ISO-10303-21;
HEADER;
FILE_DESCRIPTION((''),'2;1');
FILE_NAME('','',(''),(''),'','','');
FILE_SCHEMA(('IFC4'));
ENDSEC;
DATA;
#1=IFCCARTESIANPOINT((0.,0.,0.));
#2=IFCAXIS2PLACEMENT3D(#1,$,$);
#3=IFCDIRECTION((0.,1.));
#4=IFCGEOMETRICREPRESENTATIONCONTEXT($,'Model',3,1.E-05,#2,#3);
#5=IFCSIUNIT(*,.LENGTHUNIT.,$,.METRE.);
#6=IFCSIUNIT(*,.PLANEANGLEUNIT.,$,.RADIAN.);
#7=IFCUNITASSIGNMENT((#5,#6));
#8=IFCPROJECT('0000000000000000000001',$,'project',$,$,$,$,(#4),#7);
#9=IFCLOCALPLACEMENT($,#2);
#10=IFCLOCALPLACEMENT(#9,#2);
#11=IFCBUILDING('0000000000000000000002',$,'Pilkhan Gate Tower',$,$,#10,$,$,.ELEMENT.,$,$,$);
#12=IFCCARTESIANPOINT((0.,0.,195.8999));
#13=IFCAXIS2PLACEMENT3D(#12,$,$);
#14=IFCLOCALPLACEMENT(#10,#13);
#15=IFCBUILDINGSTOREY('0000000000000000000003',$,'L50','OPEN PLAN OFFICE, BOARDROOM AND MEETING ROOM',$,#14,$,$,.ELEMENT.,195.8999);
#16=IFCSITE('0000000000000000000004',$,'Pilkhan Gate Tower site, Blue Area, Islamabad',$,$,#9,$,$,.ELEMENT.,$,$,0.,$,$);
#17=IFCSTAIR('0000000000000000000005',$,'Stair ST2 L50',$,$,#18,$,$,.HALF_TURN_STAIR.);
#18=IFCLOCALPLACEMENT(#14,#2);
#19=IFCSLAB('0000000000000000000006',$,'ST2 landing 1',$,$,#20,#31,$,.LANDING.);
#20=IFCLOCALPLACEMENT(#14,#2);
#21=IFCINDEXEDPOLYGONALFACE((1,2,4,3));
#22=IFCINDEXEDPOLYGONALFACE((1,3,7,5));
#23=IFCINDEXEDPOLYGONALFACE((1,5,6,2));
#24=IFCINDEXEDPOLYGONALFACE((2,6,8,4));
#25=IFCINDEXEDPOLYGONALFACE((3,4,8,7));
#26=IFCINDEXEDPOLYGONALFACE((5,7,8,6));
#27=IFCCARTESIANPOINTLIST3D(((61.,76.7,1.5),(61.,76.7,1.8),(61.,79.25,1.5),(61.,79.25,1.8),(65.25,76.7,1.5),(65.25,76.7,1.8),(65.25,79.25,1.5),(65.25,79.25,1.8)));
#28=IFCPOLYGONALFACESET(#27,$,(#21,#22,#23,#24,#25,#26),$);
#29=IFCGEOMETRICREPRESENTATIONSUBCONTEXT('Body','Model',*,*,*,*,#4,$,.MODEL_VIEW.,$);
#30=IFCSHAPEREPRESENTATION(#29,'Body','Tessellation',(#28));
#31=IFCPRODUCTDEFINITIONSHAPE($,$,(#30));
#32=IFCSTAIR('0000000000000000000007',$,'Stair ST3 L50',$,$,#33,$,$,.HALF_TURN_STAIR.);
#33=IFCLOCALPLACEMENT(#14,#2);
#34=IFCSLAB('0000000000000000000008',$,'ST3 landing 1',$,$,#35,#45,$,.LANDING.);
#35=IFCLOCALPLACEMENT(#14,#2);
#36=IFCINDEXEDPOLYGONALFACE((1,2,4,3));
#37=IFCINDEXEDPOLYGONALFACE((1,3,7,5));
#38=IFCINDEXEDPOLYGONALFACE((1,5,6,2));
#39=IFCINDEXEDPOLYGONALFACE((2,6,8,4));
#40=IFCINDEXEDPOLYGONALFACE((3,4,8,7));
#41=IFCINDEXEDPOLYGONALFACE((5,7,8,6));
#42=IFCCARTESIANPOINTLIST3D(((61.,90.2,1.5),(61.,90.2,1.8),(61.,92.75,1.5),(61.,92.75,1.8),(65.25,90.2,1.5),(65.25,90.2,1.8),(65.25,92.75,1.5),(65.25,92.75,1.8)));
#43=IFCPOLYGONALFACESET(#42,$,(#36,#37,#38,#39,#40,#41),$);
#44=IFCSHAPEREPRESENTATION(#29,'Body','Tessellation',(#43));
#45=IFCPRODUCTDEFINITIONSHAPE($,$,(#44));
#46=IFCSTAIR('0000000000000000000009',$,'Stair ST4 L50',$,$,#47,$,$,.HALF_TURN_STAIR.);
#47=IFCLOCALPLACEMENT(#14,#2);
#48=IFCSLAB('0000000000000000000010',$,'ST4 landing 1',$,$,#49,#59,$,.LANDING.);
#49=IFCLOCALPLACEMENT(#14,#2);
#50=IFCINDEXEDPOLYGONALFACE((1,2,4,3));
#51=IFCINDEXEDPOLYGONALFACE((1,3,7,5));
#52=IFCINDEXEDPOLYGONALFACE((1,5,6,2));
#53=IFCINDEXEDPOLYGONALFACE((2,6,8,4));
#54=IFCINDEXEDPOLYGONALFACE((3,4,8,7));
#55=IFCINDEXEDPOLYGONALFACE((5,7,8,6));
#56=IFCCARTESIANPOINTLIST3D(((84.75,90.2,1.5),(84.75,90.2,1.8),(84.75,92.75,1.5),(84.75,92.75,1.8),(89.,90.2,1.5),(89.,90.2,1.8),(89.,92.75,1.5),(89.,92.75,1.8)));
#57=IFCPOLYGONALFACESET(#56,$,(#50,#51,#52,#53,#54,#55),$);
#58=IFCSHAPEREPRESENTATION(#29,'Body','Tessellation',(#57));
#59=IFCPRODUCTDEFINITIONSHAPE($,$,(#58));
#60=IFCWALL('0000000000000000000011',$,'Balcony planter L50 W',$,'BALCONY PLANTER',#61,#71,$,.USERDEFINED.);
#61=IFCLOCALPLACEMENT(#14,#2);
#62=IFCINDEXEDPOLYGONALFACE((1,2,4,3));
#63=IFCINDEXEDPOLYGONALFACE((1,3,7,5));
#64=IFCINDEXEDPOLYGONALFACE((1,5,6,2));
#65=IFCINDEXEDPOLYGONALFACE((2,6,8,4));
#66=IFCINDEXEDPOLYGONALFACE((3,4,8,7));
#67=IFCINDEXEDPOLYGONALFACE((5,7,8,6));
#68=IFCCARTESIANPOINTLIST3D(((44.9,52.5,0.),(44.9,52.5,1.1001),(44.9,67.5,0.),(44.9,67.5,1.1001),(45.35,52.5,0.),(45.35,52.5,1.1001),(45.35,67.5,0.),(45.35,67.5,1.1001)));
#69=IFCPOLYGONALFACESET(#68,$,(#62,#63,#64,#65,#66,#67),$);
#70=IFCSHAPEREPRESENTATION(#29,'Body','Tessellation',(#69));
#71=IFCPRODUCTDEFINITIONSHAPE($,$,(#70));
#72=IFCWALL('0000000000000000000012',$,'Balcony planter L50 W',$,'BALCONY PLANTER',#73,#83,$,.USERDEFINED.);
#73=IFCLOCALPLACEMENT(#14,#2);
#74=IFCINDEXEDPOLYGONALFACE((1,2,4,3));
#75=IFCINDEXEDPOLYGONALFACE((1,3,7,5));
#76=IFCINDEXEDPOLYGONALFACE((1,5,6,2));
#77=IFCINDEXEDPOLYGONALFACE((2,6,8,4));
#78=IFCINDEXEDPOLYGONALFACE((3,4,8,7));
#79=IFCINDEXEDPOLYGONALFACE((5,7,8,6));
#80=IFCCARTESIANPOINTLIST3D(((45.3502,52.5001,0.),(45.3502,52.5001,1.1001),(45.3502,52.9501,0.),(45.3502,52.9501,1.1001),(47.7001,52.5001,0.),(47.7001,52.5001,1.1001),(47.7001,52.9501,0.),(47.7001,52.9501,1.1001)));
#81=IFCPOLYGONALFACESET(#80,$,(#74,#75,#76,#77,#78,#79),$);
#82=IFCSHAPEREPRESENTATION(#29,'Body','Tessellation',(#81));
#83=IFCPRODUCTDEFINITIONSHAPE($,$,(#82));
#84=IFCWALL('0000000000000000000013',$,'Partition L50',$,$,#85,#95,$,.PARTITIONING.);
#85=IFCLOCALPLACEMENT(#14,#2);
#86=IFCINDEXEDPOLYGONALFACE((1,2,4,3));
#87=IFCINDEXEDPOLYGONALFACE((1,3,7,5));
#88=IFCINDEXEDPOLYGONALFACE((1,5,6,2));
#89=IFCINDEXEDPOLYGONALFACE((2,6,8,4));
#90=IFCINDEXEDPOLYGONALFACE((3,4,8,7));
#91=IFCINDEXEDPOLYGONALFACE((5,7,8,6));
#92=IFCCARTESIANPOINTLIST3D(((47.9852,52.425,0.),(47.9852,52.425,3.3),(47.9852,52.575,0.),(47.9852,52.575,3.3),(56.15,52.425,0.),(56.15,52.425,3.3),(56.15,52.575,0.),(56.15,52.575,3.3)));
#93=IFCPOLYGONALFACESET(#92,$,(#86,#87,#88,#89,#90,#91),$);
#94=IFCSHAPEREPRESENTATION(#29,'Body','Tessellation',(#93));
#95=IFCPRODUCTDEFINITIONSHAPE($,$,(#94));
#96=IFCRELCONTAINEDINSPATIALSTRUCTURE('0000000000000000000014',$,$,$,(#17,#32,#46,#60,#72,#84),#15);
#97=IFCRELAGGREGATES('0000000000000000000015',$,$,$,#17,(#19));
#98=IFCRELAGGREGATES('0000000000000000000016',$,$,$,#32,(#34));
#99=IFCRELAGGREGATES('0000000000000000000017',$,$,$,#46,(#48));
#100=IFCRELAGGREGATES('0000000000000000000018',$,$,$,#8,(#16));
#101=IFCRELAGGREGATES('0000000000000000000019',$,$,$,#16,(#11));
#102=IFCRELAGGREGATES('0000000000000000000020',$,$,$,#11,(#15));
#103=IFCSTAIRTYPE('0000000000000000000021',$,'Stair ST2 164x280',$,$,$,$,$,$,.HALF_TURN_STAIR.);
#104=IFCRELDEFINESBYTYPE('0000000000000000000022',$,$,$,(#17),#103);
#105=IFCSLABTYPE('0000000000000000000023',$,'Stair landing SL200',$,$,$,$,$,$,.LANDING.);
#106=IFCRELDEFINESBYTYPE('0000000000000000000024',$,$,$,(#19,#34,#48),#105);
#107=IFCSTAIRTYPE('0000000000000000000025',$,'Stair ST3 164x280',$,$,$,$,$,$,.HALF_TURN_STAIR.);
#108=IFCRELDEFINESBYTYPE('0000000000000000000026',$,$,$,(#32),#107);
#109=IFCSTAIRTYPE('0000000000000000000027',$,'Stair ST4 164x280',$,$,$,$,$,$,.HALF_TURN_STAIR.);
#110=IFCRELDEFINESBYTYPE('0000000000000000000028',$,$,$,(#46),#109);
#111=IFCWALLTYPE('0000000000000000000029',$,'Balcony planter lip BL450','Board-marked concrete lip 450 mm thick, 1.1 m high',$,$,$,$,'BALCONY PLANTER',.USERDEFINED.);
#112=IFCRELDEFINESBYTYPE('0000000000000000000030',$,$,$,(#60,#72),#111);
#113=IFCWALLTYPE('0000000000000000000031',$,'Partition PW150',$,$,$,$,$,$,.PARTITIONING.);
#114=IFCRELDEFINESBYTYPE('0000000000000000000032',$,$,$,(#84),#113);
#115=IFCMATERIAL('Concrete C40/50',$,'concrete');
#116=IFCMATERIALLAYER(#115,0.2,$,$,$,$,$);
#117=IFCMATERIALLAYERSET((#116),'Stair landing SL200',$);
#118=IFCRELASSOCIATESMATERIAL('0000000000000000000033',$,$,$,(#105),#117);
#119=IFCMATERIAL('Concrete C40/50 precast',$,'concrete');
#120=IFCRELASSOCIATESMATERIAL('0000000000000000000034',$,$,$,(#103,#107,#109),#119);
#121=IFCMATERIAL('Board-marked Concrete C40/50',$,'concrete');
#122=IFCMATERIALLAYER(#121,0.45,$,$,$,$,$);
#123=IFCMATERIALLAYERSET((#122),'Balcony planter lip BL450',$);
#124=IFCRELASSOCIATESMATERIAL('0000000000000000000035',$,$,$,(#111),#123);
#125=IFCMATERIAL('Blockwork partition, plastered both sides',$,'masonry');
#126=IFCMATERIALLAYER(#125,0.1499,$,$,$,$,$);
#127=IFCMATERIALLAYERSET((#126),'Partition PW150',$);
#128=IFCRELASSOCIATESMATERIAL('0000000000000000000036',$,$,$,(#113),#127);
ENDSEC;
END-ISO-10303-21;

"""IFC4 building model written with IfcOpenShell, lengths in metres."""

from ifc_helpers import new_model, si_unit, direction, frame, frame_2d, origin, place, context, subcontext, project, spatial, polyline, rectangle, outline, extrude, material, layer, layer_set, type_object, element, aggregate, save


model = new_model("IFC4")

# Units and contexts
model_context = context("Model", 3, precision=1e-05, world=origin(), true_north=direction((0.0, 1.0)))
body_context = subcontext(model_context, "Body", "Model", "MODEL_VIEW")
ifc_project = project(units=[si_unit("LENGTHUNIT", "METRE"), si_unit("PLANEANGLEUNIT", "RADIAN")], contexts=[model_context])

# Site, building, storey
site_placement = place(None, origin())
site = spatial("IfcSite", under=ifc_project, at=site_placement, Name="Pilkhan Gate Tower site, Blue Area, Islamabad", CompositionType="ELEMENT", RefElevation=0.0)
building_placement = place(site_placement, origin())
building = spatial("IfcBuilding", under=site, at=building_placement, Name="Pilkhan Gate Tower", CompositionType="ELEMENT")
storey_placement = place(building_placement, frame((0.0, 0.0, 195.8999)))
storey = spatial("IfcBuildingStorey", under=building, at=storey_placement, Name="L50", Description="OPEN PLAN OFFICE, BOARDROOM AND MEETING ROOM", CompositionType="ELEMENT", Elevation=195.8999)

# Shared definitions
ifc_material_1 = material(Name="Concrete C40/50", Category="concrete")

# Stairs, slabs
ifc_material_2 = material(Name="Concrete C40/50 precast", Category="concrete")
ifc_layer_1 = layer(ifc_material_1, 0.2)
ifc_layer_set_1 = layer_set([ifc_layer_1], Name="Stair landing SL200")
slab_type_1 = type_object("IfcSlabType", Name="Stair landing SL200", PredefinedType="LANDING", material=ifc_layer_set_1)
stair_type_1 = type_object("IfcStairType", Name="Stair ST2 164x280", PredefinedType="HALF_TURN_STAIR", material=ifc_material_2)
stair_1_placement = place(storey_placement, origin())
stair_1 = element("IfcStair", 1, at=stair_1_placement, inside=storey, type_object=stair_type_1, Name="Stair ST2 L50", PredefinedType="HALF_TURN_STAIR")
slab_1_placement = place(storey_placement, frame((0.0, 0.0, 1.5)))
slab_1 = element("IfcSlab", 2, at=slab_1_placement, type_object=slab_type_1, Name="ST2 landing 1", PredefinedType="LANDING", context=body_context, shape_type="SweptSolid", body=[
    extrude(outline(polyline([(65.25, 76.7), (65.25, 79.25), (61.0, 79.25), (61.0, 76.7), (65.25, 76.7)])), origin(), (0.0, 0.0, 1.0), 0.3),
])
aggregate(stair_1, [slab_1])
stair_type_2 = type_object("IfcStairType", Name="Stair ST3 164x280", PredefinedType="HALF_TURN_STAIR", material=ifc_material_2)
stair_2_placement = place(storey_placement, origin())
stair_2 = element("IfcStair", 3, at=stair_2_placement, inside=storey, type_object=stair_type_2, Name="Stair ST3 L50", PredefinedType="HALF_TURN_STAIR")
slab_2_placement = place(storey_placement, frame((0.0, 0.0, 1.5)))
slab_2 = element("IfcSlab", 4, at=slab_2_placement, type_object=slab_type_1, Name="ST3 landing 1", PredefinedType="LANDING", context=body_context, shape_type="SweptSolid", body=[
    extrude(outline(polyline([(65.25, 90.2), (65.25, 92.75), (61.0, 92.75), (61.0, 90.2), (65.25, 90.2)])), origin(), (0.0, 0.0, 1.0), 0.3),
])
aggregate(stair_2, [slab_2])
stair_type_3 = type_object("IfcStairType", Name="Stair ST4 164x280", PredefinedType="HALF_TURN_STAIR", material=ifc_material_2)
stair_3_placement = place(storey_placement, origin())
stair_3 = element("IfcStair", 5, at=stair_3_placement, inside=storey, type_object=stair_type_3, Name="Stair ST4 L50", PredefinedType="HALF_TURN_STAIR")
slab_3_placement = place(storey_placement, frame((0.0, 0.0, 1.5)))
slab_3 = element("IfcSlab", 6, at=slab_3_placement, type_object=slab_type_1, Name="ST4 landing 1", PredefinedType="LANDING", context=body_context, shape_type="SweptSolid", body=[
    extrude(outline(polyline([(89.0, 90.2), (89.0, 92.75), (84.75, 92.75), (84.75, 90.2), (89.0, 90.2)])), origin(), (0.0, 0.0, 1.0), 0.3),
])
aggregate(stair_3, [slab_3])

# Walls
ifc_material_3 = material(Name="Board-marked Concrete C40/50", Category="concrete")
ifc_layer_2 = layer(ifc_material_3, 0.45)
ifc_layer_set_2 = layer_set([ifc_layer_2], Name="Balcony planter lip BL450")
wall_type_1 = type_object("IfcWallType", Name="Balcony planter lip BL450", Description="Board-marked concrete lip 450 mm thick, 1.1 m high", ElementType="BALCONY PLANTER", PredefinedType="USERDEFINED", material=ifc_layer_set_2)
wall_1_placement = place(storey_placement, frame((45.125, 52.5, 0.0), z_axis=(0.0, 0.0, 1.0), x_axis=(0.0, 1.0, 0.0)))
element("IfcWall", 7, at=wall_1_placement, inside=storey, type_object=wall_type_1, Name="Balcony planter L50 W", ObjectType="BALCONY PLANTER", PredefinedType="USERDEFINED", context=body_context, shape_type="SweptSolid", body=[
    extrude(rectangle(XDim=15.0, YDim=0.45, at=frame_2d((7.5, 0.0))), origin(), (0.0, 0.0, 1.0), 1.1001),
])
wall_2_placement = place(storey_placement, frame((47.7, 52.7251, 0.0), z_axis=(0.0, 0.0, 1.0), x_axis=(-1.0, 0.0, 0.0)))
element("IfcWall", 8, at=wall_2_placement, inside=storey, type_object=wall_type_1, Name="Balcony planter L50 W", ObjectType="BALCONY PLANTER", PredefinedType="USERDEFINED", context=body_context, shape_type="SweptSolid", body=[
    extrude(rectangle(XDim=2.3499, YDim=0.45, at=frame_2d((1.1748, 0.0))), origin(), (0.0, 0.0, 1.0), 1.1001),
])
ifc_material_4 = material(Name="Blockwork partition, plastered both sides", Category="masonry")
ifc_layer_3 = layer(ifc_material_4, 0.1499)
ifc_layer_set_3 = layer_set([ifc_layer_3], Name="Partition PW150")
wall_type_2 = type_object("IfcWallType", Name="Partition PW150", PredefinedType="PARTITIONING", material=ifc_layer_set_3)
wall_3_placement = place(storey_placement, frame((47.9851, 52.5, 0.0), z_axis=(0.0, 0.0, 1.0), x_axis=(1.0, 0.0, 0.0)))
element("IfcWall", 9, at=wall_3_placement, inside=storey, type_object=wall_type_2, Name="Partition L50", PredefinedType="PARTITIONING", context=body_context, shape_type="SweptSolid", body=[
    extrude(rectangle(XDim=8.1648, YDim=0.1499, at=frame_2d((4.0825, 0.0))), origin(), (0.0, 0.0, 1.0), 3.3),
])

save(model, "model.ifc")
